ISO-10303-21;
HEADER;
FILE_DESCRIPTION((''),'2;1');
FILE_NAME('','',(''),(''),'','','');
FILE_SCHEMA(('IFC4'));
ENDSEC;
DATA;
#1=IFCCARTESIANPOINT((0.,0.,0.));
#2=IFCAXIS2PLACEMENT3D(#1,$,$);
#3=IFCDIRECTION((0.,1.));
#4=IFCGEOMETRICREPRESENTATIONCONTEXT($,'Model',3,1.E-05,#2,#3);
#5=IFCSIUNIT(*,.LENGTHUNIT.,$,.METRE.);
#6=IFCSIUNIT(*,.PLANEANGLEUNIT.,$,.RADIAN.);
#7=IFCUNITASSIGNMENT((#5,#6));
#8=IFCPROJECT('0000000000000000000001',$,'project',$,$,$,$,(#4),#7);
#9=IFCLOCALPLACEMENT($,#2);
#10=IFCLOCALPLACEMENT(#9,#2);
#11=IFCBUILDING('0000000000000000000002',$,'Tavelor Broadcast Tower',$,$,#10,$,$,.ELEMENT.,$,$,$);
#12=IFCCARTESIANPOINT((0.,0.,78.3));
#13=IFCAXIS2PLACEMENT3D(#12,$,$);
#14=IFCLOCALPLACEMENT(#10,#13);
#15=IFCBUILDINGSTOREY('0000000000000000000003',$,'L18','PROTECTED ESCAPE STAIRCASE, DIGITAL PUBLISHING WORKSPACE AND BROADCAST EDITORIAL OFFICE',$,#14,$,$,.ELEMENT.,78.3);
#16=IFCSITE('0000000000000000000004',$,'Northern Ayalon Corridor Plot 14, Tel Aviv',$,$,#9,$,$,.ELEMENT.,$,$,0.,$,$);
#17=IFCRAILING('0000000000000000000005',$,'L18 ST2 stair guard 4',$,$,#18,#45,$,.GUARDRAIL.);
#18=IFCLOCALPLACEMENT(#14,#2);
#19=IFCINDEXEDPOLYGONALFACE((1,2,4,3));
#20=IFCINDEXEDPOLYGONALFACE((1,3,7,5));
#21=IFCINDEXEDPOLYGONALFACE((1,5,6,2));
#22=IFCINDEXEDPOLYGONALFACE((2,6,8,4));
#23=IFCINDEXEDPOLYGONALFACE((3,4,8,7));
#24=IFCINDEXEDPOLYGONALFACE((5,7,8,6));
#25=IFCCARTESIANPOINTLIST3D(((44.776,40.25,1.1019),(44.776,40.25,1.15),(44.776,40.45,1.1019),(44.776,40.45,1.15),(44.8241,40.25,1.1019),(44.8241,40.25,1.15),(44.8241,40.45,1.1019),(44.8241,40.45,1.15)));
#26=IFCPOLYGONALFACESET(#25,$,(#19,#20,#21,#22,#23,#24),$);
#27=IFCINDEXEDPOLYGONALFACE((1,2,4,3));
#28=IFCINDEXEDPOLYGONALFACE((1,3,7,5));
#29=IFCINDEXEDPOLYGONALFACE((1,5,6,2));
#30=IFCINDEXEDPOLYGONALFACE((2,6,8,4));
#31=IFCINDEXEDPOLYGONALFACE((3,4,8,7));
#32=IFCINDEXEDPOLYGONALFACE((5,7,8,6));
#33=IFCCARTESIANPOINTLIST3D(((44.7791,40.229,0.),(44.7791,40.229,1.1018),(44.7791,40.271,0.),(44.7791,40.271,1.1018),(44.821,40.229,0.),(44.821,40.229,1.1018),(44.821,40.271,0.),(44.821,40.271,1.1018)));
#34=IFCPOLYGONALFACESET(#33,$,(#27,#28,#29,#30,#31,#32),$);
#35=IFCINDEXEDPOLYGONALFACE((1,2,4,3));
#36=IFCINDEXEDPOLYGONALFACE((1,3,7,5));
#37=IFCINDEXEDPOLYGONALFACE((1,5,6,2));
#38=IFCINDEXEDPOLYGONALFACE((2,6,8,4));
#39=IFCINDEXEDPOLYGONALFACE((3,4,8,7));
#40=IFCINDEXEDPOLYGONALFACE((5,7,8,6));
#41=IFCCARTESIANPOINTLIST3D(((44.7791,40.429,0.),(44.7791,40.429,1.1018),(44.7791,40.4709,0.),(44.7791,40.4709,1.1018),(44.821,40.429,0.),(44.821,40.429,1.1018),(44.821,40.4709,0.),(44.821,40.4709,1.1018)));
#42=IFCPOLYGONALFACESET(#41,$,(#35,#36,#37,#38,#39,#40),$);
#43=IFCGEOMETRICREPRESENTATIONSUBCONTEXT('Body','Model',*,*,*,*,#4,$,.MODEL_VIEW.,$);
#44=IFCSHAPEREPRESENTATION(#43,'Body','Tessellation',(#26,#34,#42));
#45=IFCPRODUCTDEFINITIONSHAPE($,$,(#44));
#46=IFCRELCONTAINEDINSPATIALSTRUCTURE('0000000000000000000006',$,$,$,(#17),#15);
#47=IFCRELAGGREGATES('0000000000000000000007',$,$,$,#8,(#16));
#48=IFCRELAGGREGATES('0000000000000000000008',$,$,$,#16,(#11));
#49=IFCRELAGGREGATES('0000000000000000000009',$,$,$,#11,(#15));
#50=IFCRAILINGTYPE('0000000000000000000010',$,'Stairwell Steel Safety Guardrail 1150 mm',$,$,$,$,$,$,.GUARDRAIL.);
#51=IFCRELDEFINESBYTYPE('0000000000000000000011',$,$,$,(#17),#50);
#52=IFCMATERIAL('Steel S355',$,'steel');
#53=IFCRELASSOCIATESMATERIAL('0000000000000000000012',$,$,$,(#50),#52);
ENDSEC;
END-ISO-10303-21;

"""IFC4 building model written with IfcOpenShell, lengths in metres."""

from ifc_helpers import new_model, si_unit, direction, frame, origin, origin_2d, place, context, subcontext, project, spatial, rectangle, extrude, material, type_object, element, save


model = new_model("IFC4")

# Units and contexts
model_context = context("Model", 3, precision=1e-05, world=origin(), true_north=direction((0.0, 1.0)))
body_context = subcontext(model_context, "Body", "Model", "MODEL_VIEW")
ifc_project = project(units=[si_unit("LENGTHUNIT", "METRE"), si_unit("PLANEANGLEUNIT", "RADIAN")], contexts=[model_context])

# Site, building, storey
site_placement = place(None, origin())
site = spatial("IfcSite", under=ifc_project, at=site_placement, Name="Northern Ayalon Corridor Plot 14, Tel Aviv", CompositionType="ELEMENT", RefElevation=0.0)
building_placement = place(site_placement, origin())
building = spatial("IfcBuilding", under=site, at=building_placement, Name="Tavelor Broadcast Tower", CompositionType="ELEMENT")
storey_placement = place(building_placement, frame((0.0, 0.0, 78.3)))
storey = spatial("IfcBuildingStorey", under=building, at=storey_placement, Name="L18", Description="PROTECTED ESCAPE STAIRCASE, DIGITAL PUBLISHING WORKSPACE AND BROADCAST EDITORIAL OFFICE", CompositionType="ELEMENT", Elevation=78.3)

# Shared definitions
ifc_material_1 = material(Name="Steel S355", Category="steel")

# Railing
railing_type_1 = type_object("IfcRailingType", Name="Stairwell Steel Safety Guardrail 1150 mm", PredefinedType="GUARDRAIL", material=ifc_material_1)
railing_1_placement = place(storey_placement, frame((44.8, 40.25, 0.0)))
element("IfcRailing", 1, at=railing_1_placement, inside=storey, type_object=railing_type_1, Name="L18 ST2 stair guard 4", PredefinedType="GUARDRAIL", context=body_context, shape_type="SweptSolid", body=[
    extrude(rectangle(XDim=0.0481, YDim=0.0481, at=origin_2d()), frame((0.0, 0.0, 1.126), z_axis=(0.0, 1.0, 0.0), x_axis=(-1.0, 0.0, 0.0)), (0.0, 0.0, 1.0), 0.2),
    extrude(rectangle(XDim=0.042, YDim=0.042, at=origin_2d()), origin(), (0.0, 0.0, 1.0), 1.1018),
    extrude(rectangle(XDim=0.042, YDim=0.042, at=origin_2d()), frame((0.0, 0.2, 0.0)), (0.0, 0.0, 1.0), 1.1018),
])

save(model, "model.ifc")
